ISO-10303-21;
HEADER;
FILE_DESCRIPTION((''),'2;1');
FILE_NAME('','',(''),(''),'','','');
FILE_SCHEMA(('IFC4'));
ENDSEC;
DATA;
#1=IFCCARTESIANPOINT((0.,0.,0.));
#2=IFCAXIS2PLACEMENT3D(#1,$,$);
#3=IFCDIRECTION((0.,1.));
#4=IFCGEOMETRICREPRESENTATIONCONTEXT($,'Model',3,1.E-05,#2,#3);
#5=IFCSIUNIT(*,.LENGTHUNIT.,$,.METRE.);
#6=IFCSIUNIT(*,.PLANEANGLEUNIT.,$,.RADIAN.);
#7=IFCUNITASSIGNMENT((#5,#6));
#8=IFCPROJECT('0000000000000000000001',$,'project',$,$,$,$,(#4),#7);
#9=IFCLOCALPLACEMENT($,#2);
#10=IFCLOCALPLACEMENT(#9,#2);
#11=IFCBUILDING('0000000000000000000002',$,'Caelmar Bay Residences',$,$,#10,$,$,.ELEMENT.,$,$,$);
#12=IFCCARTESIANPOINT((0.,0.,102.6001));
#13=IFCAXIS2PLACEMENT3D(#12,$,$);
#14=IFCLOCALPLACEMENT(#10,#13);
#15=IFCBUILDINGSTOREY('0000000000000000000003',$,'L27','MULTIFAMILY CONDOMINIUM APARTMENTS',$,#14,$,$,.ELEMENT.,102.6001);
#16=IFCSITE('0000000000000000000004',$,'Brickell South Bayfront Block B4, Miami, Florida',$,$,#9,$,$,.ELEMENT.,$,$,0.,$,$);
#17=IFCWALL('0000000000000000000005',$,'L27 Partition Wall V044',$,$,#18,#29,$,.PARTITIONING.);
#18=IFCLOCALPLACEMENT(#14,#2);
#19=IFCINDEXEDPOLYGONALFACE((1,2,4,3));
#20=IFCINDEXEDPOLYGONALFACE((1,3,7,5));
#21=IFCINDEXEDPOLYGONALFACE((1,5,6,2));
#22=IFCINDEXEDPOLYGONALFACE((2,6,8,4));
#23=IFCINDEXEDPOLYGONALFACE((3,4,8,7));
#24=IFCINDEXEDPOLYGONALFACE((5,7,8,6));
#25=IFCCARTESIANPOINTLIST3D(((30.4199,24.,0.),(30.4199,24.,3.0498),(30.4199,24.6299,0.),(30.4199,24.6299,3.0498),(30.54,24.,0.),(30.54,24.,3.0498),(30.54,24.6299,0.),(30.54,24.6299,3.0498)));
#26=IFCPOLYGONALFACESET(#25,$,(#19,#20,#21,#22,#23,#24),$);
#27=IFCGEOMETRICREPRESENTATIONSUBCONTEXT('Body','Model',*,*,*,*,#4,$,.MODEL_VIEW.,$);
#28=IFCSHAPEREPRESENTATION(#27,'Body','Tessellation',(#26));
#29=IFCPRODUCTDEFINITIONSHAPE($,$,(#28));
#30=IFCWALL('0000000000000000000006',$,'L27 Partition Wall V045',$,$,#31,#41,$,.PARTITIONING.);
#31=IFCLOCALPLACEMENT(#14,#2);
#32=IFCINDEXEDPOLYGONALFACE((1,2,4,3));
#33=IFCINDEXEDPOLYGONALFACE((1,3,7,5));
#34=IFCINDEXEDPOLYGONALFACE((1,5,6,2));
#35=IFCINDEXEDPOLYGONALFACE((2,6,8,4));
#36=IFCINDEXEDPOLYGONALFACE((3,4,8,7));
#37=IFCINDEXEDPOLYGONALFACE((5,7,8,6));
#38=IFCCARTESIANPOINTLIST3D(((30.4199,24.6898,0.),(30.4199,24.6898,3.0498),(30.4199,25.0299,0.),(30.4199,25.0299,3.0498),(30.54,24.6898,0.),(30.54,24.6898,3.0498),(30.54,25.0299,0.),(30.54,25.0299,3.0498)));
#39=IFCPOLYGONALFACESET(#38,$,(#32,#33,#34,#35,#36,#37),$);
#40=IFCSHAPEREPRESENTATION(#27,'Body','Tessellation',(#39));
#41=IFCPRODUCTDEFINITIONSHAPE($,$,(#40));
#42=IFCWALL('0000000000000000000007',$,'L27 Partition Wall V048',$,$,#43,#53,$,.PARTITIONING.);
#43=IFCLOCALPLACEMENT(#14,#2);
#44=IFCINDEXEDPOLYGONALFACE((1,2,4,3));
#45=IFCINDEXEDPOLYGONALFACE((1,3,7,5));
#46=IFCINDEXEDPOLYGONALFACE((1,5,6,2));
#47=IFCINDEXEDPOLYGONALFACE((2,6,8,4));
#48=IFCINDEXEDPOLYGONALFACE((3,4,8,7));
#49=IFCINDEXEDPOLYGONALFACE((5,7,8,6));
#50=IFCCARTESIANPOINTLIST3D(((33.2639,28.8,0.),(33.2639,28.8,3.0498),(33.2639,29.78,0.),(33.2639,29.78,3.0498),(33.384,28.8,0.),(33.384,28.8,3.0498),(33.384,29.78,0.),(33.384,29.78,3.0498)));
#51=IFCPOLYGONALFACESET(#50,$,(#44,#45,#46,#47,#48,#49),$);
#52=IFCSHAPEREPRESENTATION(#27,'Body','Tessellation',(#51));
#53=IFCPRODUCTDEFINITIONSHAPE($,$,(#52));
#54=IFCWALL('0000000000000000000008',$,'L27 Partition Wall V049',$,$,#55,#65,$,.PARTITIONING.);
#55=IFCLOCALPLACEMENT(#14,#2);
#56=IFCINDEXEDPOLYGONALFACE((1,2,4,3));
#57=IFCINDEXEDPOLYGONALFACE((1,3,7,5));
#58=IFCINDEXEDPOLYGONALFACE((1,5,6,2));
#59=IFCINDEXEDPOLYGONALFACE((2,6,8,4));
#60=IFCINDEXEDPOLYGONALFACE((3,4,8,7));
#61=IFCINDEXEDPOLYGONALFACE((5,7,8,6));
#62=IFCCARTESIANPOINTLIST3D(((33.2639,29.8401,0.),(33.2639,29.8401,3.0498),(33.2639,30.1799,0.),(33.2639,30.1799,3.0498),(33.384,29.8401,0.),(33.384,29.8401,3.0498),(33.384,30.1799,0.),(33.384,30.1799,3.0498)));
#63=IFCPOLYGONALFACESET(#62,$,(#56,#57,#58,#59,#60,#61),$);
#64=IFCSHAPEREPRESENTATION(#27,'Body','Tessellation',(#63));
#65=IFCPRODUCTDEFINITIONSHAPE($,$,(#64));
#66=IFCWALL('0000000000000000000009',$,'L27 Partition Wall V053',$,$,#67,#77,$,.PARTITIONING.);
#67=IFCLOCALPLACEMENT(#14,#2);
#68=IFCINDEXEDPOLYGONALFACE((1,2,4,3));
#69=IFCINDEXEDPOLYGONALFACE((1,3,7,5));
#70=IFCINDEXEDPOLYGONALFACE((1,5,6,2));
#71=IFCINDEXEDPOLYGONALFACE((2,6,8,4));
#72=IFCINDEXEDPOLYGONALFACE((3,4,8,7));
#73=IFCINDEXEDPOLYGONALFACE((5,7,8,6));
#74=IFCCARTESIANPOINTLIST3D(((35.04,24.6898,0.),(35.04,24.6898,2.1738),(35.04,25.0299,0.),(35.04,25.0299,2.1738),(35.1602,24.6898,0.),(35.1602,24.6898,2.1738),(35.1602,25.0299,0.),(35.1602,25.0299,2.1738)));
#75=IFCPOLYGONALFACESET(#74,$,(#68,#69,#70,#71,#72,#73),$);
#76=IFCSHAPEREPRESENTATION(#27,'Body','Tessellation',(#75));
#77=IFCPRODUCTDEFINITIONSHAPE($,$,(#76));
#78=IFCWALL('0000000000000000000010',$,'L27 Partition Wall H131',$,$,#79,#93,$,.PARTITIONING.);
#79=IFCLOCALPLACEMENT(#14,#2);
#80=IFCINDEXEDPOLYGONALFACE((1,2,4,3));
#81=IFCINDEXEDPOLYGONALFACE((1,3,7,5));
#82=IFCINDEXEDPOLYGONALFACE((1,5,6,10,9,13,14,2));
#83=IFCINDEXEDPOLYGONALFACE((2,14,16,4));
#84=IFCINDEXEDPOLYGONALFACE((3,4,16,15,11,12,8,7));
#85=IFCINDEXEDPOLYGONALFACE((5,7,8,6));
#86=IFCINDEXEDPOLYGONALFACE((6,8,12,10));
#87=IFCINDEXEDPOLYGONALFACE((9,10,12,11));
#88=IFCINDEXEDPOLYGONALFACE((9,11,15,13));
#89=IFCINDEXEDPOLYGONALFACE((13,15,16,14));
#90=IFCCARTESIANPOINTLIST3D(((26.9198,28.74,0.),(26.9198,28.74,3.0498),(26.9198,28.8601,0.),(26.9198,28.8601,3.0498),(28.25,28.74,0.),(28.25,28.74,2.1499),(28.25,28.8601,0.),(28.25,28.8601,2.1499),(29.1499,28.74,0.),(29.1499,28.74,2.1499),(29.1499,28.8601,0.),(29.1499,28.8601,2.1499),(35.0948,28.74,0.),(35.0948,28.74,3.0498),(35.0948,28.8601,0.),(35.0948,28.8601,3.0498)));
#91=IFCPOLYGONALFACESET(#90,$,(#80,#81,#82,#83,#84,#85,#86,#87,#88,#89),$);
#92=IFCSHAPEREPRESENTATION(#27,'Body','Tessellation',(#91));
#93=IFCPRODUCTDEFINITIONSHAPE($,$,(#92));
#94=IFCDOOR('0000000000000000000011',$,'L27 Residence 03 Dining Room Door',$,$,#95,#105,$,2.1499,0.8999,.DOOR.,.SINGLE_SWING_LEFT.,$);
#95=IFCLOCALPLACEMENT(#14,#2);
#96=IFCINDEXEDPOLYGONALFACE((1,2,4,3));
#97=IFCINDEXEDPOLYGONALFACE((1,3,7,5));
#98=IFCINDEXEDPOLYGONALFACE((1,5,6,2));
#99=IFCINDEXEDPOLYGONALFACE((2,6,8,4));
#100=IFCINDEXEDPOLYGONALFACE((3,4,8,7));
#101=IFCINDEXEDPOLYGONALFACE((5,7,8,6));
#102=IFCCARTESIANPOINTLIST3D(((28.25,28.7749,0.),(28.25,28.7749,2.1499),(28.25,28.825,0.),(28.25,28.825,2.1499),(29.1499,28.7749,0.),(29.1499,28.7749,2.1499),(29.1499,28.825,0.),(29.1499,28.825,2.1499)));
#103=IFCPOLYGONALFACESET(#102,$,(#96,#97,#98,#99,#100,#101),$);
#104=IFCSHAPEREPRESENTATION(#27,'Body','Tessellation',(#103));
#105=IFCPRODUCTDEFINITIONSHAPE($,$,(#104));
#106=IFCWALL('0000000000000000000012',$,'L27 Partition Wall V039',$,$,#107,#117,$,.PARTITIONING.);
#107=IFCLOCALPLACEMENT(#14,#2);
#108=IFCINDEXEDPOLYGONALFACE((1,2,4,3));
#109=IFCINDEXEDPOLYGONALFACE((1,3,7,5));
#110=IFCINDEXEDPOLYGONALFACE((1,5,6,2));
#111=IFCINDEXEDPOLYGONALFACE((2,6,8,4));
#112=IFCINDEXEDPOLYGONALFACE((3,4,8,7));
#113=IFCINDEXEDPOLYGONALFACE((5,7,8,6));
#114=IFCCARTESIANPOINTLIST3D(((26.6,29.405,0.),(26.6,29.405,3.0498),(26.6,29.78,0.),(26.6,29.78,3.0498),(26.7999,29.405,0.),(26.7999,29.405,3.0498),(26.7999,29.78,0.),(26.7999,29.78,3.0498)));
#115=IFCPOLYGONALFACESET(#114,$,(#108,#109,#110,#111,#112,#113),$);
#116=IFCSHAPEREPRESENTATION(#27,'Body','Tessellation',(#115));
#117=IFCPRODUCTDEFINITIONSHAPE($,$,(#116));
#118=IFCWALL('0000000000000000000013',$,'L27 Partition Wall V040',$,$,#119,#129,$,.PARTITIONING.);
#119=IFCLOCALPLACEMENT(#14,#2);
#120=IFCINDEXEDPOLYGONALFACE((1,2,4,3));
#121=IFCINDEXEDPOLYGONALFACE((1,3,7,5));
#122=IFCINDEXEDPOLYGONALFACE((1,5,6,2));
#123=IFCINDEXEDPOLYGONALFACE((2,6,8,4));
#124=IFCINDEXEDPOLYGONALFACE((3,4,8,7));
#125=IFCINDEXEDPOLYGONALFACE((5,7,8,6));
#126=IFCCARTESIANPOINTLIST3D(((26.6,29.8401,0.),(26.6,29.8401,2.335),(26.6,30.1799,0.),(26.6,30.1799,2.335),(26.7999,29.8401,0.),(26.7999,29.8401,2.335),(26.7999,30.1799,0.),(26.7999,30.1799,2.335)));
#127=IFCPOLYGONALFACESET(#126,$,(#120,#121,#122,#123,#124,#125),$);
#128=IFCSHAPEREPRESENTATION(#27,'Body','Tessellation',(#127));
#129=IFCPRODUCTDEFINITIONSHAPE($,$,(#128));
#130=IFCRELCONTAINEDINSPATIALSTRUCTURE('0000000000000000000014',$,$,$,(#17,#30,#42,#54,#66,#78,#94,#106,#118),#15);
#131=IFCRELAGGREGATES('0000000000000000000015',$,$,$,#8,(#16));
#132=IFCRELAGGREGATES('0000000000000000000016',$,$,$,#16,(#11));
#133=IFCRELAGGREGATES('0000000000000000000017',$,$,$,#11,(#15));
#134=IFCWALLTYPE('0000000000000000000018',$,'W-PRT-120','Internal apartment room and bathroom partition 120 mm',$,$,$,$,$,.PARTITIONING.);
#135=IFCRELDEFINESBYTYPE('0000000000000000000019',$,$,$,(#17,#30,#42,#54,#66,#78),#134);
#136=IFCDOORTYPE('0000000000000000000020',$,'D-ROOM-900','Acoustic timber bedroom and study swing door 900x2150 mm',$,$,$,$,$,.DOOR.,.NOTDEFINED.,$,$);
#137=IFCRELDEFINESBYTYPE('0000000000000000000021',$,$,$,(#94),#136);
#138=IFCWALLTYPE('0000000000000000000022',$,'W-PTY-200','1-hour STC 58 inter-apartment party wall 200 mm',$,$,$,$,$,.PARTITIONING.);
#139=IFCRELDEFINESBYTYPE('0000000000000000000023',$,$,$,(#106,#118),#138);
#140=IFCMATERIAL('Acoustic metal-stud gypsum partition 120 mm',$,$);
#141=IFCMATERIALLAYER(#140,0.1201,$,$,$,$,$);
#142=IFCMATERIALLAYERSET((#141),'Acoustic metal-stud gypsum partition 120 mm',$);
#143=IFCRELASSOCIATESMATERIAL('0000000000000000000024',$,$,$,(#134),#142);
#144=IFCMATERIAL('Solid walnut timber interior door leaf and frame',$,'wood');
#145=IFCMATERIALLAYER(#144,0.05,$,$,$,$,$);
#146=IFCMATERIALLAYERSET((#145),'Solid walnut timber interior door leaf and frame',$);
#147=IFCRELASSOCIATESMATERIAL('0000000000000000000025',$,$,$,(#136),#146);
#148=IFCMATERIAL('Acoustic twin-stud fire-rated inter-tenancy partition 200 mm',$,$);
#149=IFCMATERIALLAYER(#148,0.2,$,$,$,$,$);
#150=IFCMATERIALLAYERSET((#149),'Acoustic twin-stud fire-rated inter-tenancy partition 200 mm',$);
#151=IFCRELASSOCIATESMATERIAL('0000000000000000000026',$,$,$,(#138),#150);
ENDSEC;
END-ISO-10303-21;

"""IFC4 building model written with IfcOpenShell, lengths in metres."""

from ifc_helpers import new_model, si_unit, direction, frame, frame_2d, origin, place, context, subcontext, project, spatial, rectangle, extrude, material, layer, layer_set, type_object, element, fill, save


model = new_model("IFC4")

# Units and contexts
model_context = context("Model", 3, precision=1e-05, world=origin(), true_north=direction((0.0, 1.0)))
body_context = subcontext(model_context, "Body", "Model", "MODEL_VIEW")
ifc_project = project(units=[si_unit("LENGTHUNIT", "METRE"), si_unit("PLANEANGLEUNIT", "RADIAN")], contexts=[model_context])

# Site, building, storey
site_placement = place(None, origin())
site = spatial("IfcSite", under=ifc_project, at=site_placement, Name="Brickell South Bayfront Block B4, Miami, Florida", CompositionType="ELEMENT", RefElevation=0.0)
building_placement = place(site_placement, origin())
building = spatial("IfcBuilding", under=site, at=building_placement, Name="Caelmar Bay Residences", CompositionType="ELEMENT")
storey_placement = place(building_placement, frame((0.0, 0.0, 102.6001)))
storey = spatial("IfcBuildingStorey", under=building, at=storey_placement, Name="L27", Description="MULTIFAMILY CONDOMINIUM APARTMENTS", CompositionType="ELEMENT", Elevation=102.6001)

# Walls
ifc_material_1 = material(Name="Acoustic metal-stud gypsum partition 120 mm")
ifc_layer_1 = layer(ifc_material_1, 0.1201)
ifc_layer_set_1 = layer_set([ifc_layer_1], Name="Acoustic metal-stud gypsum partition 120 mm")
wall_type_1 = type_object("IfcWallType", Name="W-PRT-120", Description="Internal apartment room and bathroom partition 120 mm", PredefinedType="PARTITIONING", material=ifc_layer_set_1)
wall_1_placement = place(storey_placement, frame((30.48, 24.0, 0.0), z_axis=(0.0, 0.0, 1.0), x_axis=(0.0, 1.0, 0.0)))
element("IfcWall", 1, at=wall_1_placement, inside=storey, type_object=wall_type_1, Name="L27 Partition Wall V044", PredefinedType="PARTITIONING", context=body_context, shape_type="SweptSolid", body=[
    extrude(rectangle(XDim=0.6299, YDim=0.1201, at=frame_2d((0.3149, 0.0))), origin(), (0.0, 0.0, 1.0), 3.0498),
])
wall_2_placement = place(storey_placement, frame((30.48, 24.6899, 0.0), z_axis=(0.0, 0.0, 1.0), x_axis=(0.0, 1.0, 0.0)))
element("IfcWall", 2, at=wall_2_placement, inside=storey, type_object=wall_type_1, Name="L27 Partition Wall V045", PredefinedType="PARTITIONING", context=body_context, shape_type="SweptSolid", body=[
    extrude(rectangle(XDim=0.3401, YDim=0.1201, at=frame_2d((0.1699, 0.0))), origin(), (0.0, 0.0, 1.0), 3.0498),
])

# Shared definitions
ifc_material_2 = material(Name="Solid walnut timber interior door leaf and frame", Category="wood")
ifc_layer_2 = layer(ifc_material_2, 0.05)
ifc_layer_set_2 = layer_set([ifc_layer_2], Name="Solid walnut timber interior door leaf and frame")
door_type = type_object("IfcDoorType", Name="D-ROOM-900", Description="Acoustic timber bedroom and study swing door 900x2150 mm", OperationType="NOTDEFINED", PredefinedType="DOOR", material=ifc_layer_set_2)

# Walls
wall_3_placement = place(storey_placement, frame((33.324, 28.8, 0.0), z_axis=(0.0, 0.0, 1.0), x_axis=(0.0, 1.0, 0.0)))
element("IfcWall", 3, at=wall_3_placement, inside=storey, type_object=wall_type_1, Name="L27 Partition Wall V048", PredefinedType="PARTITIONING", context=body_context, shape_type="SweptSolid", body=[
    extrude(rectangle(XDim=0.98, YDim=0.1201, at=frame_2d((0.49, 0.0))), origin(), (0.0, 0.0, 1.0), 3.0498),
])
wall_4_placement = place(storey_placement, frame((33.324, 29.8401, 0.0), z_axis=(0.0, 0.0, 1.0), x_axis=(0.0, 1.0, 0.0)))
element("IfcWall", 4, at=wall_4_placement, inside=storey, type_object=wall_type_1, Name="L27 Partition Wall V049", PredefinedType="PARTITIONING", context=body_context, shape_type="SweptSolid", body=[
    extrude(rectangle(XDim=0.3398, YDim=0.1201, at=frame_2d((0.1699, 0.0))), origin(), (0.0, 0.0, 1.0), 3.0498),
])
wall_5_placement = place(storey_placement, frame((35.1001, 24.6899, 0.0), z_axis=(0.0, 0.0, 1.0), x_axis=(0.0, 1.0, 0.0)))
element("IfcWall", 5, at=wall_5_placement, inside=storey, type_object=wall_type_1, Name="L27 Partition Wall V053", PredefinedType="PARTITIONING", context=body_context, shape_type="SweptSolid", body=[
    extrude(rectangle(XDim=0.3401, YDim=0.1201, at=frame_2d((0.1699, 0.0))), origin(), (0.0, 0.0, 1.0), 2.1738),
])

# Wall, opening, door
wall_6_placement = place(storey_placement, frame((26.9199, 28.8, 0.0), z_axis=(0.0, 0.0, 1.0), x_axis=(1.0, 0.0, 0.0)))
wall_6 = element("IfcWall", 6, at=wall_6_placement, inside=storey, type_object=wall_type_1, Name="L27 Partition Wall H131", PredefinedType="PARTITIONING", context=body_context, shape_type="SweptSolid", body=[
    extrude(rectangle(XDim=8.175, YDim=0.1201, at=frame_2d((4.0874, 0.0))), origin(), (0.0, 0.0, 1.0), 3.0498),
])
opening_1_placement = place(wall_6_placement, frame((1.3301, 0.0, 0.0)))
opening_1 = element("IfcOpeningElement", 7, at=opening_1_placement, cuts=wall_6, PredefinedType="OPENING", context=body_context, shape_type="SweptSolid", body=[
    extrude(rectangle(XDim=0.8999, YDim=2.1499, at=frame_2d((0.45, 1.075))), frame((0.0, 0.0701, 0.0), z_axis=(0.0, -1.0, 0.0), x_axis=(1.0, 0.0, 0.0)), (0.0, 0.0, 1.0), 0.1401),
])
door_1_placement = place(opening_1_placement, origin())
door_1 = element("IfcDoor", 8, at=door_1_placement, inside=storey, type_object=door_type, Name="L27 Residence 03 Dining Room Door", OperationType="SINGLE_SWING_LEFT", OverallHeight=2.1499, OverallWidth=0.8999, PredefinedType="DOOR", context=body_context, shape_type="SweptSolid", body=[
    extrude(rectangle(XDim=0.8999, YDim=2.1499, at=frame_2d((0.45, 1.075))), frame((0.0, 0.0249, 0.0), z_axis=(0.0, -1.0, 0.0), x_axis=(1.0, 0.0, 0.0)), (0.0, 0.0, 1.0), 0.05),
])
fill(opening_1, door_1)

# Walls
ifc_material_3 = material(Name="Acoustic twin-stud fire-rated inter-tenancy partition 200 mm")
ifc_layer_3 = layer(ifc_material_3, 0.2)
ifc_layer_set_3 = layer_set([ifc_layer_3], Name="Acoustic twin-stud fire-rated inter-tenancy partition 200 mm")
wall_type_2 = type_object("IfcWallType", Name="W-PTY-200", Description="1-hour STC 58 inter-apartment party wall 200 mm", PredefinedType="PARTITIONING", material=ifc_layer_set_3)
wall_7_placement = place(storey_placement, frame((26.7, 29.405, 0.0), z_axis=(0.0, 0.0, 1.0), x_axis=(0.0, 1.0, 0.0)))
element("IfcWall", 9, at=wall_7_placement, inside=storey, type_object=wall_type_2, Name="L27 Partition Wall V039", PredefinedType="PARTITIONING", context=body_context, shape_type="SweptSolid", body=[
    extrude(rectangle(XDim=0.375, YDim=0.2, at=frame_2d((0.1875, 0.0))), origin(), (0.0, 0.0, 1.0), 3.0498),
])
wall_8_placement = place(storey_placement, frame((26.7, 29.8401, 0.0), z_axis=(0.0, 0.0, 1.0), x_axis=(0.0, 1.0, 0.0)))
element("IfcWall", 10, at=wall_8_placement, inside=storey, type_object=wall_type_2, Name="L27 Partition Wall V040", PredefinedType="PARTITIONING", context=body_context, shape_type="SweptSolid", body=[
    extrude(rectangle(XDim=0.3398, YDim=0.2, at=frame_2d((0.1699, 0.0))), origin(), (0.0, 0.0, 1.0), 2.335),
])

save(model, "model.ifc")
